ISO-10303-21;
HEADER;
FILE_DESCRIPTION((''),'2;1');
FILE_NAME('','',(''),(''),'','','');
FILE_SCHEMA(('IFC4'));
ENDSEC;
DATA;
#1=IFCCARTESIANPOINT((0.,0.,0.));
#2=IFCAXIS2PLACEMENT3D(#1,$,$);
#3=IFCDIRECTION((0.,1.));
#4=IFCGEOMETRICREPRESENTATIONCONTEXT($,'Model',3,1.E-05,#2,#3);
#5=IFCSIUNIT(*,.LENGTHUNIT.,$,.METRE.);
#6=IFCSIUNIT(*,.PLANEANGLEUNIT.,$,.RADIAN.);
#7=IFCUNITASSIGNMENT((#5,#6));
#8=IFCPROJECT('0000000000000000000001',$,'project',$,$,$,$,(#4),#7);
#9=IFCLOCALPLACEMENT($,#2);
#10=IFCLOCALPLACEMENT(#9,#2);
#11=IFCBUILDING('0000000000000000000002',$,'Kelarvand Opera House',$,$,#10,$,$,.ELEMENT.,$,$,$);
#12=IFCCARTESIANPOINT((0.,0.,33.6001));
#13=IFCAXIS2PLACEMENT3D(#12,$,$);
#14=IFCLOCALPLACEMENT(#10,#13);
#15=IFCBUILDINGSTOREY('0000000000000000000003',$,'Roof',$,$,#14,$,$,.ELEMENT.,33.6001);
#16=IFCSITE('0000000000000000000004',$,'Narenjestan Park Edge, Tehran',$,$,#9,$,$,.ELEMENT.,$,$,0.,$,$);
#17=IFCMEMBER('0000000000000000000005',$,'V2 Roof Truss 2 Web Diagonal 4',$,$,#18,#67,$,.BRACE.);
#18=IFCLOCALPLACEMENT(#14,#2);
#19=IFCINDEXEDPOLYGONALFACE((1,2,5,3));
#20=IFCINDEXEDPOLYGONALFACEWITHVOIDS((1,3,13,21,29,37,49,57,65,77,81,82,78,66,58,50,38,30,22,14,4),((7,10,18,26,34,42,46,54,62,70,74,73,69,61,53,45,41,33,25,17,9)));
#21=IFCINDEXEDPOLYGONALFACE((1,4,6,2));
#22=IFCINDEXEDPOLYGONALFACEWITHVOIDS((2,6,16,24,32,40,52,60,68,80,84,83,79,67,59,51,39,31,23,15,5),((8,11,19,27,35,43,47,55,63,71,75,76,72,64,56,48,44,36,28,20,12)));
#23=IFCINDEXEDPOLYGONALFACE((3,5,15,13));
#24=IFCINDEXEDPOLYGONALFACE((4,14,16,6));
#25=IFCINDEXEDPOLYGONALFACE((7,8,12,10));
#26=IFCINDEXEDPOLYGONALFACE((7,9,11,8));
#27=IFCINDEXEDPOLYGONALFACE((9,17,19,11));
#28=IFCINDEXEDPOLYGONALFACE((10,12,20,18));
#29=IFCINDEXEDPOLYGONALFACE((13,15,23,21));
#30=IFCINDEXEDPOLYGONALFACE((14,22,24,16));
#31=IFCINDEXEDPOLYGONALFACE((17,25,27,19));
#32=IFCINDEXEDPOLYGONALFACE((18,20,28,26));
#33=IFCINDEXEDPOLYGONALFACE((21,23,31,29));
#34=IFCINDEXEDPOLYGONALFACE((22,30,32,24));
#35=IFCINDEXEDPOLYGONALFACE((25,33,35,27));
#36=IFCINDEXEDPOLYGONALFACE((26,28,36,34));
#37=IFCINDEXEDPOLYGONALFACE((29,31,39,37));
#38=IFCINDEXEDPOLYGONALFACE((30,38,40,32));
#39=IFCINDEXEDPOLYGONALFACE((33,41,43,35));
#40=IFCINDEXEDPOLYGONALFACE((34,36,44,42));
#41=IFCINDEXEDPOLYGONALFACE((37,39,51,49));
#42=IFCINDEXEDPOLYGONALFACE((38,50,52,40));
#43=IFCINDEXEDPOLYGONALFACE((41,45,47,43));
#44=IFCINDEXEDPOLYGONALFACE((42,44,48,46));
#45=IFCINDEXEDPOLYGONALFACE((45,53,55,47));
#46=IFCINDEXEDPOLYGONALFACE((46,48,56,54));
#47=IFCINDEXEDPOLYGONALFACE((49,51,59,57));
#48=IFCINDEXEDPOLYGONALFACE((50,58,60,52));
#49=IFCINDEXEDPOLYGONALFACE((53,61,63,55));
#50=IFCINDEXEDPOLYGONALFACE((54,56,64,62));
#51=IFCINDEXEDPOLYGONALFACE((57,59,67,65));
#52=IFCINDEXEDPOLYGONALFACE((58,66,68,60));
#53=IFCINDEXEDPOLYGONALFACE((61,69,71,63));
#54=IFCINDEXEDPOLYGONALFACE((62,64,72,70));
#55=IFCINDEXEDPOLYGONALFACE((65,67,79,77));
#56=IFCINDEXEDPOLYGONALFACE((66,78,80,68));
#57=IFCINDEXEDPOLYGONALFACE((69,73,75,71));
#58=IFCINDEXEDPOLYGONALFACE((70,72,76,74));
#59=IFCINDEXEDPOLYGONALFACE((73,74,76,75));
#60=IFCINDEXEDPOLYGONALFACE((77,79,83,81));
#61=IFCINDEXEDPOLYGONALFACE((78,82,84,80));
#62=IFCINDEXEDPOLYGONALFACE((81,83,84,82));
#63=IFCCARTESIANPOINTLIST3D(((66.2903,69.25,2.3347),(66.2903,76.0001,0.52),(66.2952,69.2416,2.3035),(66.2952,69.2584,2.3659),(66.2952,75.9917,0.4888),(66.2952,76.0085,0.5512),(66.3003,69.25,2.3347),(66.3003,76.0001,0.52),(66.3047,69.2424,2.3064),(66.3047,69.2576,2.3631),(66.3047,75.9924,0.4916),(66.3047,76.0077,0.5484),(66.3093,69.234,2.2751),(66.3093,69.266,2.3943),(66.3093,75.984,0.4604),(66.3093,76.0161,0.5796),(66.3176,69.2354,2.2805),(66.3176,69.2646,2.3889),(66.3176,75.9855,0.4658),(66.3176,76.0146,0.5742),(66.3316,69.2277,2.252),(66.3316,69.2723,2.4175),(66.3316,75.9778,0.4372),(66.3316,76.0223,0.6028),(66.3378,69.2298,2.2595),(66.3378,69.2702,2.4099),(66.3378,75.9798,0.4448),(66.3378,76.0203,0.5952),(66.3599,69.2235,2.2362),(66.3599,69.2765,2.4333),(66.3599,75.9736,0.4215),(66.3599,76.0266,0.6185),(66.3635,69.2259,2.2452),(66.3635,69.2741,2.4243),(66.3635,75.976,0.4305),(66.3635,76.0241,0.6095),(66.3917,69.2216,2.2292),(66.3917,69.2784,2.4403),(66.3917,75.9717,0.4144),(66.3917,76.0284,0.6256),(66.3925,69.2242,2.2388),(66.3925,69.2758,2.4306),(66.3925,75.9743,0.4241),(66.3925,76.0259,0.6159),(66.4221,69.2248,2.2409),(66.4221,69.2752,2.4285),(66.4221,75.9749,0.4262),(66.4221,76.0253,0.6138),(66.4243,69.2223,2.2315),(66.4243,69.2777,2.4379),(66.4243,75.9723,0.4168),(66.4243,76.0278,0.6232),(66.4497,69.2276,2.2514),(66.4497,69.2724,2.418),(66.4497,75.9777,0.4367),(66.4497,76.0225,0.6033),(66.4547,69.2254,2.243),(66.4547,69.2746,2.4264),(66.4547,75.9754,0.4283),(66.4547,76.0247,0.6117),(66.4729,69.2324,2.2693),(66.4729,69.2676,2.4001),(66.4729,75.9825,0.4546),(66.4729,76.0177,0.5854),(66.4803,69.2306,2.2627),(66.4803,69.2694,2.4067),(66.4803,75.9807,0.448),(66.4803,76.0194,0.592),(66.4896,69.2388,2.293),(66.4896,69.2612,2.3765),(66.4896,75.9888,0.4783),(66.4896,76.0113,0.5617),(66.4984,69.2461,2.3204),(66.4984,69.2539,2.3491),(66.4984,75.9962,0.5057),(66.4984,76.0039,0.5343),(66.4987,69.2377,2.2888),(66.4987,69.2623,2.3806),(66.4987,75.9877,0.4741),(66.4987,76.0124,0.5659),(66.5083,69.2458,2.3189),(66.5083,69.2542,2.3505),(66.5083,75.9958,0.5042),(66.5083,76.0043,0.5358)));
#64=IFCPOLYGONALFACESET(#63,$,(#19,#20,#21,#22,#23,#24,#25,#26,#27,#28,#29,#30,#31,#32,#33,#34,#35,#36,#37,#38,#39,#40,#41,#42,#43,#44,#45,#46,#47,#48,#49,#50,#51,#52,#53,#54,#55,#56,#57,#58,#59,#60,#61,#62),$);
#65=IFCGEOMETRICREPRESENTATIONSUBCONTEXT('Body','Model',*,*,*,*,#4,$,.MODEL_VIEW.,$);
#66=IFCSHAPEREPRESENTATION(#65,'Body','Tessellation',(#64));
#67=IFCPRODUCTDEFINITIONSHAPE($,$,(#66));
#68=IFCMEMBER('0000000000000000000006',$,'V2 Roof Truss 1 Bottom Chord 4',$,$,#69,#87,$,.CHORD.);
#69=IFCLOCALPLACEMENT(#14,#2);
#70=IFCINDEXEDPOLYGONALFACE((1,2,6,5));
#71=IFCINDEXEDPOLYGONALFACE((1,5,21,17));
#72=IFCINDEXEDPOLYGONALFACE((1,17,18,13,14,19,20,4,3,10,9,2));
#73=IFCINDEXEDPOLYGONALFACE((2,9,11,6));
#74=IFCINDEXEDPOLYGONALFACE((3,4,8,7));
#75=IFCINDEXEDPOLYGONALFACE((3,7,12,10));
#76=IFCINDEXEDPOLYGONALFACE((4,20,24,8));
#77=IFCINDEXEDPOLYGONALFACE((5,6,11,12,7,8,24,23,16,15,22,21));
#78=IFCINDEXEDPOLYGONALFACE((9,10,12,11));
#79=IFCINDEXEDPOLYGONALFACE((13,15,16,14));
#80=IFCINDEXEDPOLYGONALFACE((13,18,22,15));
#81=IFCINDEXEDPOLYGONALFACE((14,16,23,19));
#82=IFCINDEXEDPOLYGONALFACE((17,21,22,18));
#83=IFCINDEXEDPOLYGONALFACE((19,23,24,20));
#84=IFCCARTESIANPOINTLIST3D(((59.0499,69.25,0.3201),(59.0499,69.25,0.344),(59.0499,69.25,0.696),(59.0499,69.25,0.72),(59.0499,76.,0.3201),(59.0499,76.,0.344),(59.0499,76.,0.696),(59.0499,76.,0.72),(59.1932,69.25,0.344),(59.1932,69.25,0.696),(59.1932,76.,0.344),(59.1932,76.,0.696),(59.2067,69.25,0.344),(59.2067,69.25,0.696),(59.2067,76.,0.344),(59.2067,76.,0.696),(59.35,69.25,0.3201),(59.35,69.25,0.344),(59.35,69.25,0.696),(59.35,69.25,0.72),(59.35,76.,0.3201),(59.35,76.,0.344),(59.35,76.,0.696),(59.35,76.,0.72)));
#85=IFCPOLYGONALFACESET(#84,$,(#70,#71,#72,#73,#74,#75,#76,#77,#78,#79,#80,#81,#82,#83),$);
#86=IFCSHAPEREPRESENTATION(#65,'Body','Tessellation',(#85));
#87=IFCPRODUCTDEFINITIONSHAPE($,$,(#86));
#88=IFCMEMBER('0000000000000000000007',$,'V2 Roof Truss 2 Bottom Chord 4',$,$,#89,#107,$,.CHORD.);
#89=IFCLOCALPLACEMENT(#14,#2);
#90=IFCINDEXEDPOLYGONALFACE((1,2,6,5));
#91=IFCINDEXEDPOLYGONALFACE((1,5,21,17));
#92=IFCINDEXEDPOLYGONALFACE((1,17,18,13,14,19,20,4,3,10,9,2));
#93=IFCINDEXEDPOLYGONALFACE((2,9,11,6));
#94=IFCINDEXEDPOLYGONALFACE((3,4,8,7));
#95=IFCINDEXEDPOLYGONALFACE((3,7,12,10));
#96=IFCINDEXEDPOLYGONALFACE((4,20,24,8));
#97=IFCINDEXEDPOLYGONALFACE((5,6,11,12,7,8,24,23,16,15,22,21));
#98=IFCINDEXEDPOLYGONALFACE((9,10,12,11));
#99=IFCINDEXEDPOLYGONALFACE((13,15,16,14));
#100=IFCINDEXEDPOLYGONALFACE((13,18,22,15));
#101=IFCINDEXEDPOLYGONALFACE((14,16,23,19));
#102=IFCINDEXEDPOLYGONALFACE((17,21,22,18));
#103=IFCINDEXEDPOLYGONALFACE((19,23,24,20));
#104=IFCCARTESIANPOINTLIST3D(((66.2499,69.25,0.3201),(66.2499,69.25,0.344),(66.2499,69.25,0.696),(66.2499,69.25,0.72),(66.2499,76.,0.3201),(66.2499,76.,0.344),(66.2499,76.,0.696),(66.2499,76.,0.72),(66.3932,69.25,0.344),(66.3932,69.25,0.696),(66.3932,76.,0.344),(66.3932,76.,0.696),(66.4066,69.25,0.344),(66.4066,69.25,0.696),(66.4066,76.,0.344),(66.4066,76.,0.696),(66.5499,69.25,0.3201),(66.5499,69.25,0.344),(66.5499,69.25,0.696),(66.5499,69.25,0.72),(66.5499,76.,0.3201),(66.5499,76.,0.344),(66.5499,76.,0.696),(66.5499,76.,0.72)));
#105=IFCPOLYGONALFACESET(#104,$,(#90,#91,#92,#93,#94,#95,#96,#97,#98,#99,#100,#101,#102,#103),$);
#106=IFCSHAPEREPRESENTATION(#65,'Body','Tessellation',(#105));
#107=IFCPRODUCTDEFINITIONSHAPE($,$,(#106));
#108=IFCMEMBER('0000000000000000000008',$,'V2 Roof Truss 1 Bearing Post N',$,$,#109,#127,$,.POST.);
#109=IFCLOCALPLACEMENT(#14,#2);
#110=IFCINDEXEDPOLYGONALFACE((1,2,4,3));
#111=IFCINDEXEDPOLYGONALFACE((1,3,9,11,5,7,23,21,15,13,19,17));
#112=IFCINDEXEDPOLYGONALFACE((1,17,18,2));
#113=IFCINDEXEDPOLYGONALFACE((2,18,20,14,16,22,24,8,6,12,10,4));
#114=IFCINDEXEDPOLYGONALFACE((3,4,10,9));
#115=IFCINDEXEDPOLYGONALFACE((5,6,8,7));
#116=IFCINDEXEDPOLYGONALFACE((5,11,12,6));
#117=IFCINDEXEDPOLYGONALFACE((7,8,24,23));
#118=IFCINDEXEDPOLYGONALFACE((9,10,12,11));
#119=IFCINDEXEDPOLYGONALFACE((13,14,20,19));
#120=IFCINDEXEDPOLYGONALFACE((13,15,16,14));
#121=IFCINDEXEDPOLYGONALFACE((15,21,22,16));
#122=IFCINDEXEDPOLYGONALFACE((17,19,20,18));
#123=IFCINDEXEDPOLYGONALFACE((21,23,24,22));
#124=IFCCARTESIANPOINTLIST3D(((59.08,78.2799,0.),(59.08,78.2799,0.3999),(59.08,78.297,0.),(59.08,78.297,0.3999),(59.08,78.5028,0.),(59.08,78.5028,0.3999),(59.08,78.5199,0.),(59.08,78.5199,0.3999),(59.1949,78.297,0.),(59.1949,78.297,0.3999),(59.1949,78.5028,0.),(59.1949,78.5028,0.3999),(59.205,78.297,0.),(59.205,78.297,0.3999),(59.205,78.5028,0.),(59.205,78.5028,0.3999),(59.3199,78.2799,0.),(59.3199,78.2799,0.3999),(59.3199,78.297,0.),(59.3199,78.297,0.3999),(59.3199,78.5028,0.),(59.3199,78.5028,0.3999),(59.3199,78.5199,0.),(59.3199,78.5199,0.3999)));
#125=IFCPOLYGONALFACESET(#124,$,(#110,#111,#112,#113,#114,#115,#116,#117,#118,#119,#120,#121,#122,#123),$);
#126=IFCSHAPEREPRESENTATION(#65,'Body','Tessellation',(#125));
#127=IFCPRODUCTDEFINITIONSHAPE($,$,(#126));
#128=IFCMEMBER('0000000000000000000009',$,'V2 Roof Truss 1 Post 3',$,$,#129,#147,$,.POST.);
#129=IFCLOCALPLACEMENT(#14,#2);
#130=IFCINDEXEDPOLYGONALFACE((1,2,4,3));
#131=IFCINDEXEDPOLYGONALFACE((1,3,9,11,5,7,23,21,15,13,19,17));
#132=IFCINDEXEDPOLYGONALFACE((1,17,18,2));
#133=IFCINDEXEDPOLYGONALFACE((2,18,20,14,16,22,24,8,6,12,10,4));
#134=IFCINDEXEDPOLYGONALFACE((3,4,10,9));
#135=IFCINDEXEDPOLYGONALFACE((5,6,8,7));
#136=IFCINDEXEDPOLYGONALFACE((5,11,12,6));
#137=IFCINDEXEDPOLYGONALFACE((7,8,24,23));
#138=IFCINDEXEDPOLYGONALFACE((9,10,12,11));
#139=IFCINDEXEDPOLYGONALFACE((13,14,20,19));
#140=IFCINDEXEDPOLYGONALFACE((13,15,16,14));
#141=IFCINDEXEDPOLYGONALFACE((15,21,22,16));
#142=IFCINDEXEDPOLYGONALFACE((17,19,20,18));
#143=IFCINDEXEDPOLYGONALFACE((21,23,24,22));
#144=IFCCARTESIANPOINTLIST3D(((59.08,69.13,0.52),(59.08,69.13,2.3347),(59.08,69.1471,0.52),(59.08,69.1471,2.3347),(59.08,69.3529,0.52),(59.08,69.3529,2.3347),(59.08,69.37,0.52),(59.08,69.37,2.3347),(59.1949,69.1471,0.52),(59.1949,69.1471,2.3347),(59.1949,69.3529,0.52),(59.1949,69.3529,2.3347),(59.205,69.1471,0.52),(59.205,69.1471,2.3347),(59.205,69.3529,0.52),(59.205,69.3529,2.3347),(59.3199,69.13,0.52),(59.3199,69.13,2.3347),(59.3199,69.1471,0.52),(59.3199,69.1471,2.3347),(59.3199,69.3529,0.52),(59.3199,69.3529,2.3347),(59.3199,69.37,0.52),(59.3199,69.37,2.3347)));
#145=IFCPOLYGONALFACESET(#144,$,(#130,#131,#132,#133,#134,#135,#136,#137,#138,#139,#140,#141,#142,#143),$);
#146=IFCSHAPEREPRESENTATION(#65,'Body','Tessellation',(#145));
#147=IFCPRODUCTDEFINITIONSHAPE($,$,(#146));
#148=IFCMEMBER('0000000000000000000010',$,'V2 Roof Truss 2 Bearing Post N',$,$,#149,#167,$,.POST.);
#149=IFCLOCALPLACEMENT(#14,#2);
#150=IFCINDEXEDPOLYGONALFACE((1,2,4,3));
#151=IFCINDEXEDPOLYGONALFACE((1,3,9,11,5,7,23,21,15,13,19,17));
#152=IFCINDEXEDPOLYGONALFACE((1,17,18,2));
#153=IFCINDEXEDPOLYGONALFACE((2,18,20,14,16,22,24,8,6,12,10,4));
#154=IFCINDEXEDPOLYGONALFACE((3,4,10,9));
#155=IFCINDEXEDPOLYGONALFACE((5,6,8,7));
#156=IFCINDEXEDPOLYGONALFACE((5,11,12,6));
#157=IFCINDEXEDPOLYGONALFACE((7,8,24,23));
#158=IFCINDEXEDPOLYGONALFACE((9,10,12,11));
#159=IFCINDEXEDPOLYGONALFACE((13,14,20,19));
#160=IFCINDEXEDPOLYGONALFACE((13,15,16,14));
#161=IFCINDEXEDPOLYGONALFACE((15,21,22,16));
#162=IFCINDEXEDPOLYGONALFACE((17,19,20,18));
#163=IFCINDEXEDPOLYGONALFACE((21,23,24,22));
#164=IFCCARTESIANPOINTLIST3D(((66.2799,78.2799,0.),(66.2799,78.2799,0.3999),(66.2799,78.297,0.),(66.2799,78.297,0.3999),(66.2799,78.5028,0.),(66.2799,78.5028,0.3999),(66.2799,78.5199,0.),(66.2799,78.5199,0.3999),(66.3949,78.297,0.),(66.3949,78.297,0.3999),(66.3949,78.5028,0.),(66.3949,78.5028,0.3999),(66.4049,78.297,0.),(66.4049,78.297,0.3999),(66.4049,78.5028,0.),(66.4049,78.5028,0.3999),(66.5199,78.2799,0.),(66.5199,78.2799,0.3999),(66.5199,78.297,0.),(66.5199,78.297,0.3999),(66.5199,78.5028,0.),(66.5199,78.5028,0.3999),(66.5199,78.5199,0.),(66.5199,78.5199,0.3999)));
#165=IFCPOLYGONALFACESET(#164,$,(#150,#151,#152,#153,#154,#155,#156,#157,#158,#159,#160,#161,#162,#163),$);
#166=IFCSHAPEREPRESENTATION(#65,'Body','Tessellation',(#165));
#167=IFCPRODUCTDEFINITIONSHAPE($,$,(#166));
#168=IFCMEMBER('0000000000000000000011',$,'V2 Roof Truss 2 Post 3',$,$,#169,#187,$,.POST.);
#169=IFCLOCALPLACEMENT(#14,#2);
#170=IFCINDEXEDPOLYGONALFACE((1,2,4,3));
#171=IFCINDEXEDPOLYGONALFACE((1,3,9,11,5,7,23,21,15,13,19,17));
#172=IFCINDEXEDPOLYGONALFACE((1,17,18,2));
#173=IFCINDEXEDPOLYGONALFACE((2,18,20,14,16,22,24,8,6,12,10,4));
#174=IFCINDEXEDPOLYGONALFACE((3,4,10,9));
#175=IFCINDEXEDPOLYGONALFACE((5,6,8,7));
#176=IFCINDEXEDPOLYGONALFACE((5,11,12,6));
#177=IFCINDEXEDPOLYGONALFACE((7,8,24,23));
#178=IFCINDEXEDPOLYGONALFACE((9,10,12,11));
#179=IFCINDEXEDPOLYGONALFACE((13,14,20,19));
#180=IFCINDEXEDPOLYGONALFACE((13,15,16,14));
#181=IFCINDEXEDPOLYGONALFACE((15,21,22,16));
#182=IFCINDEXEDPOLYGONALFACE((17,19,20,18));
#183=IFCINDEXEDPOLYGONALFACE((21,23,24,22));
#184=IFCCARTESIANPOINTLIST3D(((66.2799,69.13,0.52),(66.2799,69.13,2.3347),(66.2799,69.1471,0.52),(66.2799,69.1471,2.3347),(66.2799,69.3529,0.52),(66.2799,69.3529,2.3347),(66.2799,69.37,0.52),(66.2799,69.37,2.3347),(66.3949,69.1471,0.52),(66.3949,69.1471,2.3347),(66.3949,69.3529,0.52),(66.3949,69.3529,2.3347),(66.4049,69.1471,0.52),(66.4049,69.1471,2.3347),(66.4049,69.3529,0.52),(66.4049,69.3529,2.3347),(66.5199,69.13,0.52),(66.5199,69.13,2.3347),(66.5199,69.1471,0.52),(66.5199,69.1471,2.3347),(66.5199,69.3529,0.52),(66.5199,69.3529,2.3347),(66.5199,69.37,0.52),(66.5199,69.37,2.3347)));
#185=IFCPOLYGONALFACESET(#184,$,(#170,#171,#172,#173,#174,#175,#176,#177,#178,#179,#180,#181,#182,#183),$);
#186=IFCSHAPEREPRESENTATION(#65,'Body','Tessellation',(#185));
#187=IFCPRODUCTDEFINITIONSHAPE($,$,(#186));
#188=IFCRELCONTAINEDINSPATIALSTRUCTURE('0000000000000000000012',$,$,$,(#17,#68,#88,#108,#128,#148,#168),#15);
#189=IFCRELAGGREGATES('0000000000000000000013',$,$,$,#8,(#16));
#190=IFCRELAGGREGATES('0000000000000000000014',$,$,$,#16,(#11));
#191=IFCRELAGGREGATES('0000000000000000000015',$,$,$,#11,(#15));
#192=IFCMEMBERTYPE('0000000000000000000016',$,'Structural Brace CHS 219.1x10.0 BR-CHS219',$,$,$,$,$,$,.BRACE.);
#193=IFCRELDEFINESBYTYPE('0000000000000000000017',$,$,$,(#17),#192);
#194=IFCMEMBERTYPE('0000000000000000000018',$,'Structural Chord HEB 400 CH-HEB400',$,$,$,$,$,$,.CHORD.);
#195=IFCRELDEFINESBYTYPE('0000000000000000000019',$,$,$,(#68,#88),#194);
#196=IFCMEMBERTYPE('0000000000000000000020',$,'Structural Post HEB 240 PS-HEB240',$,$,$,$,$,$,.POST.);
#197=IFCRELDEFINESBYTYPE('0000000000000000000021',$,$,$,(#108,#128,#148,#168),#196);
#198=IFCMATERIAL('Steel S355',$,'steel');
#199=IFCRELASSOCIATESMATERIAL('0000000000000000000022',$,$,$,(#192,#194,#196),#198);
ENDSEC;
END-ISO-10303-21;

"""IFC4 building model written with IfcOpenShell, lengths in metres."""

from ifc_helpers import new_model, si_unit, direction, frame, origin, origin_2d, place, context, subcontext, project, spatial, hollow_circle, i_section, extrude, material, material_profile, profile_set, type_object, element, save


model = new_model("IFC4")

# Units and contexts
model_context = context("Model", 3, precision=1e-05, world=origin(), true_north=direction((0.0, 1.0)))
body_context = subcontext(model_context, "Body", "Model", "MODEL_VIEW")
ifc_project = project(units=[si_unit("LENGTHUNIT", "METRE"), si_unit("PLANEANGLEUNIT", "RADIAN")], contexts=[model_context])

# Site, building, storey
site_placement = place(None, origin())
site = spatial("IfcSite", under=ifc_project, at=site_placement, Name="Narenjestan Park Edge, Tehran", CompositionType="ELEMENT", RefElevation=0.0)
building_placement = place(site_placement, origin())
building = spatial("IfcBuilding", under=site, at=building_placement, Name="Kelarvand Opera House", CompositionType="ELEMENT")
storey_placement = place(building_placement, frame((0.0, 0.0, 33.6001)))
storey = spatial("IfcBuildingStorey", under=building, at=storey_placement, Name="Roof", CompositionType="ELEMENT", Elevation=33.6001)

# Members
ifc_material = material(Name="Steel S355", Category="steel")
ifc_material_profile_1 = material_profile(ifc_material, hollow_circle(Radius=0.1096, WallThickness=0.01, at=origin_2d()), Name="CHS 219.1x10.0", Category="steel")
ifc_profile_set_1 = profile_set([ifc_material_profile_1], Name="Steel S355")
member_type_1 = type_object("IfcMemberType", Name="Structural Brace CHS 219.1x10.0 BR-CHS219", PredefinedType="BRACE", material=ifc_profile_set_1)
member_1_placement = place(storey_placement, frame((66.3999, 69.25, 2.3347), z_axis=(0.0, 0.965709, -0.259625), x_axis=(-1.0, 0.0, 0.0)))
element("IfcMember", 1, at=member_1_placement, inside=storey, type_object=member_type_1, Name="V2 Roof Truss 2 Web Diagonal 4", PredefinedType="BRACE", context=body_context, shape_type="SweptSolid", body=[
    extrude(hollow_circle(Radius=0.1096, WallThickness=0.01, at=origin_2d()), origin(), (0.0, 0.0, 1.0), 6.9897),
])
ifc_material_profile_2 = material_profile(ifc_material, i_section(OverallWidth=0.3, OverallDepth=0.3999, WebThickness=0.0134, FlangeThickness=0.0239, at=origin_2d()), Name="HEB 400", Category="steel")
ifc_profile_set_2 = profile_set([ifc_material_profile_2], Name="Steel S355")
member_type_2 = type_object("IfcMemberType", Name="Structural Chord HEB 400 CH-HEB400", PredefinedType="CHORD", material=ifc_profile_set_2)
for number, where, z_axis, x_axis, name in (
    (2, (59.2, 69.25, 0.52), (0.0, 1.0, 0.0), (-1.0, 0.0, 0.0), "V2 Roof Truss 1 Bottom Chord 4"),
    (3, (66.3999, 69.25, 0.52), (0.0, 1.0, 0.0), (-1.0, 0.0, 0.0), "V2 Roof Truss 2 Bottom Chord 4"),
):
    element("IfcMember", number, at=place(storey_placement, frame(where, z_axis=z_axis, x_axis=x_axis)), inside=storey, type_object=member_type_2, Name=name, PredefinedType="CHORD", context=body_context, shape_type="SweptSolid", body=[
        extrude(i_section(OverallWidth=0.3, OverallDepth=0.3999, WebThickness=0.0134, FlangeThickness=0.0239, at=origin_2d()), origin(), (0.0, 0.0, 1.0), 6.75),
    ])
ifc_material_profile_3 = material_profile(ifc_material, i_section(OverallWidth=0.24, OverallDepth=0.24, WebThickness=0.01, FlangeThickness=0.0171, at=origin_2d()), Name="HEB 240", Category="steel")
ifc_profile_set_3 = profile_set([ifc_material_profile_3], Name="Steel S355")
member_type_3 = type_object("IfcMemberType", Name="Structural Post HEB 240 PS-HEB240", PredefinedType="POST", material=ifc_profile_set_3)
member_2_placement = place(storey_placement, frame((59.2, 78.3999, 0.0), z_axis=(0.0, 0.0, 1.0), x_axis=(1.0, 0.0, 0.0)))
element("IfcMember", 4, at=member_2_placement, inside=storey, type_object=member_type_3, Name="V2 Roof Truss 1 Bearing Post N", PredefinedType="POST", context=body_context, shape_type="SweptSolid", body=[
    extrude(i_section(OverallWidth=0.24, OverallDepth=0.24, WebThickness=0.01, FlangeThickness=0.0171, at=origin_2d()), origin(), (0.0, 0.0, 1.0), 0.3999),
])
member_3_placement = place(storey_placement, frame((59.2, 69.25, 0.52), z_axis=(0.0, 0.0, 1.0), x_axis=(1.0, 0.0, 0.0)))
element("IfcMember", 5, at=member_3_placement, inside=storey, type_object=member_type_3, Name="V2 Roof Truss 1 Post 3", PredefinedType="POST", context=body_context, shape_type="SweptSolid", body=[
    extrude(i_section(OverallWidth=0.24, OverallDepth=0.24, WebThickness=0.01, FlangeThickness=0.0171, at=origin_2d()), origin(), (0.0, 0.0, 1.0), 1.8147),
])
member_4_placement = place(storey_placement, frame((66.3999, 78.3999, 0.0), z_axis=(0.0, 0.0, 1.0), x_axis=(1.0, 0.0, 0.0)))
element("IfcMember", 6, at=member_4_placement, inside=storey, type_object=member_type_3, Name="V2 Roof Truss 2 Bearing Post N", PredefinedType="POST", context=body_context, shape_type="SweptSolid", body=[
    extrude(i_section(OverallWidth=0.24, OverallDepth=0.24, WebThickness=0.01, FlangeThickness=0.0171, at=origin_2d()), origin(), (0.0, 0.0, 1.0), 0.3999),
])
member_5_placement = place(storey_placement, frame((66.3999, 69.25, 0.52), z_axis=(0.0, 0.0, 1.0), x_axis=(1.0, 0.0, 0.0)))
element("IfcMember", 7, at=member_5_placement, inside=storey, type_object=member_type_3, Name="V2 Roof Truss 2 Post 3", PredefinedType="POST", context=body_context, shape_type="SweptSolid", body=[
    extrude(i_section(OverallWidth=0.24, OverallDepth=0.24, WebThickness=0.01, FlangeThickness=0.0171, at=origin_2d()), origin(), (0.0, 0.0, 1.0), 1.8147),
])

save(model, "model.ifc")
